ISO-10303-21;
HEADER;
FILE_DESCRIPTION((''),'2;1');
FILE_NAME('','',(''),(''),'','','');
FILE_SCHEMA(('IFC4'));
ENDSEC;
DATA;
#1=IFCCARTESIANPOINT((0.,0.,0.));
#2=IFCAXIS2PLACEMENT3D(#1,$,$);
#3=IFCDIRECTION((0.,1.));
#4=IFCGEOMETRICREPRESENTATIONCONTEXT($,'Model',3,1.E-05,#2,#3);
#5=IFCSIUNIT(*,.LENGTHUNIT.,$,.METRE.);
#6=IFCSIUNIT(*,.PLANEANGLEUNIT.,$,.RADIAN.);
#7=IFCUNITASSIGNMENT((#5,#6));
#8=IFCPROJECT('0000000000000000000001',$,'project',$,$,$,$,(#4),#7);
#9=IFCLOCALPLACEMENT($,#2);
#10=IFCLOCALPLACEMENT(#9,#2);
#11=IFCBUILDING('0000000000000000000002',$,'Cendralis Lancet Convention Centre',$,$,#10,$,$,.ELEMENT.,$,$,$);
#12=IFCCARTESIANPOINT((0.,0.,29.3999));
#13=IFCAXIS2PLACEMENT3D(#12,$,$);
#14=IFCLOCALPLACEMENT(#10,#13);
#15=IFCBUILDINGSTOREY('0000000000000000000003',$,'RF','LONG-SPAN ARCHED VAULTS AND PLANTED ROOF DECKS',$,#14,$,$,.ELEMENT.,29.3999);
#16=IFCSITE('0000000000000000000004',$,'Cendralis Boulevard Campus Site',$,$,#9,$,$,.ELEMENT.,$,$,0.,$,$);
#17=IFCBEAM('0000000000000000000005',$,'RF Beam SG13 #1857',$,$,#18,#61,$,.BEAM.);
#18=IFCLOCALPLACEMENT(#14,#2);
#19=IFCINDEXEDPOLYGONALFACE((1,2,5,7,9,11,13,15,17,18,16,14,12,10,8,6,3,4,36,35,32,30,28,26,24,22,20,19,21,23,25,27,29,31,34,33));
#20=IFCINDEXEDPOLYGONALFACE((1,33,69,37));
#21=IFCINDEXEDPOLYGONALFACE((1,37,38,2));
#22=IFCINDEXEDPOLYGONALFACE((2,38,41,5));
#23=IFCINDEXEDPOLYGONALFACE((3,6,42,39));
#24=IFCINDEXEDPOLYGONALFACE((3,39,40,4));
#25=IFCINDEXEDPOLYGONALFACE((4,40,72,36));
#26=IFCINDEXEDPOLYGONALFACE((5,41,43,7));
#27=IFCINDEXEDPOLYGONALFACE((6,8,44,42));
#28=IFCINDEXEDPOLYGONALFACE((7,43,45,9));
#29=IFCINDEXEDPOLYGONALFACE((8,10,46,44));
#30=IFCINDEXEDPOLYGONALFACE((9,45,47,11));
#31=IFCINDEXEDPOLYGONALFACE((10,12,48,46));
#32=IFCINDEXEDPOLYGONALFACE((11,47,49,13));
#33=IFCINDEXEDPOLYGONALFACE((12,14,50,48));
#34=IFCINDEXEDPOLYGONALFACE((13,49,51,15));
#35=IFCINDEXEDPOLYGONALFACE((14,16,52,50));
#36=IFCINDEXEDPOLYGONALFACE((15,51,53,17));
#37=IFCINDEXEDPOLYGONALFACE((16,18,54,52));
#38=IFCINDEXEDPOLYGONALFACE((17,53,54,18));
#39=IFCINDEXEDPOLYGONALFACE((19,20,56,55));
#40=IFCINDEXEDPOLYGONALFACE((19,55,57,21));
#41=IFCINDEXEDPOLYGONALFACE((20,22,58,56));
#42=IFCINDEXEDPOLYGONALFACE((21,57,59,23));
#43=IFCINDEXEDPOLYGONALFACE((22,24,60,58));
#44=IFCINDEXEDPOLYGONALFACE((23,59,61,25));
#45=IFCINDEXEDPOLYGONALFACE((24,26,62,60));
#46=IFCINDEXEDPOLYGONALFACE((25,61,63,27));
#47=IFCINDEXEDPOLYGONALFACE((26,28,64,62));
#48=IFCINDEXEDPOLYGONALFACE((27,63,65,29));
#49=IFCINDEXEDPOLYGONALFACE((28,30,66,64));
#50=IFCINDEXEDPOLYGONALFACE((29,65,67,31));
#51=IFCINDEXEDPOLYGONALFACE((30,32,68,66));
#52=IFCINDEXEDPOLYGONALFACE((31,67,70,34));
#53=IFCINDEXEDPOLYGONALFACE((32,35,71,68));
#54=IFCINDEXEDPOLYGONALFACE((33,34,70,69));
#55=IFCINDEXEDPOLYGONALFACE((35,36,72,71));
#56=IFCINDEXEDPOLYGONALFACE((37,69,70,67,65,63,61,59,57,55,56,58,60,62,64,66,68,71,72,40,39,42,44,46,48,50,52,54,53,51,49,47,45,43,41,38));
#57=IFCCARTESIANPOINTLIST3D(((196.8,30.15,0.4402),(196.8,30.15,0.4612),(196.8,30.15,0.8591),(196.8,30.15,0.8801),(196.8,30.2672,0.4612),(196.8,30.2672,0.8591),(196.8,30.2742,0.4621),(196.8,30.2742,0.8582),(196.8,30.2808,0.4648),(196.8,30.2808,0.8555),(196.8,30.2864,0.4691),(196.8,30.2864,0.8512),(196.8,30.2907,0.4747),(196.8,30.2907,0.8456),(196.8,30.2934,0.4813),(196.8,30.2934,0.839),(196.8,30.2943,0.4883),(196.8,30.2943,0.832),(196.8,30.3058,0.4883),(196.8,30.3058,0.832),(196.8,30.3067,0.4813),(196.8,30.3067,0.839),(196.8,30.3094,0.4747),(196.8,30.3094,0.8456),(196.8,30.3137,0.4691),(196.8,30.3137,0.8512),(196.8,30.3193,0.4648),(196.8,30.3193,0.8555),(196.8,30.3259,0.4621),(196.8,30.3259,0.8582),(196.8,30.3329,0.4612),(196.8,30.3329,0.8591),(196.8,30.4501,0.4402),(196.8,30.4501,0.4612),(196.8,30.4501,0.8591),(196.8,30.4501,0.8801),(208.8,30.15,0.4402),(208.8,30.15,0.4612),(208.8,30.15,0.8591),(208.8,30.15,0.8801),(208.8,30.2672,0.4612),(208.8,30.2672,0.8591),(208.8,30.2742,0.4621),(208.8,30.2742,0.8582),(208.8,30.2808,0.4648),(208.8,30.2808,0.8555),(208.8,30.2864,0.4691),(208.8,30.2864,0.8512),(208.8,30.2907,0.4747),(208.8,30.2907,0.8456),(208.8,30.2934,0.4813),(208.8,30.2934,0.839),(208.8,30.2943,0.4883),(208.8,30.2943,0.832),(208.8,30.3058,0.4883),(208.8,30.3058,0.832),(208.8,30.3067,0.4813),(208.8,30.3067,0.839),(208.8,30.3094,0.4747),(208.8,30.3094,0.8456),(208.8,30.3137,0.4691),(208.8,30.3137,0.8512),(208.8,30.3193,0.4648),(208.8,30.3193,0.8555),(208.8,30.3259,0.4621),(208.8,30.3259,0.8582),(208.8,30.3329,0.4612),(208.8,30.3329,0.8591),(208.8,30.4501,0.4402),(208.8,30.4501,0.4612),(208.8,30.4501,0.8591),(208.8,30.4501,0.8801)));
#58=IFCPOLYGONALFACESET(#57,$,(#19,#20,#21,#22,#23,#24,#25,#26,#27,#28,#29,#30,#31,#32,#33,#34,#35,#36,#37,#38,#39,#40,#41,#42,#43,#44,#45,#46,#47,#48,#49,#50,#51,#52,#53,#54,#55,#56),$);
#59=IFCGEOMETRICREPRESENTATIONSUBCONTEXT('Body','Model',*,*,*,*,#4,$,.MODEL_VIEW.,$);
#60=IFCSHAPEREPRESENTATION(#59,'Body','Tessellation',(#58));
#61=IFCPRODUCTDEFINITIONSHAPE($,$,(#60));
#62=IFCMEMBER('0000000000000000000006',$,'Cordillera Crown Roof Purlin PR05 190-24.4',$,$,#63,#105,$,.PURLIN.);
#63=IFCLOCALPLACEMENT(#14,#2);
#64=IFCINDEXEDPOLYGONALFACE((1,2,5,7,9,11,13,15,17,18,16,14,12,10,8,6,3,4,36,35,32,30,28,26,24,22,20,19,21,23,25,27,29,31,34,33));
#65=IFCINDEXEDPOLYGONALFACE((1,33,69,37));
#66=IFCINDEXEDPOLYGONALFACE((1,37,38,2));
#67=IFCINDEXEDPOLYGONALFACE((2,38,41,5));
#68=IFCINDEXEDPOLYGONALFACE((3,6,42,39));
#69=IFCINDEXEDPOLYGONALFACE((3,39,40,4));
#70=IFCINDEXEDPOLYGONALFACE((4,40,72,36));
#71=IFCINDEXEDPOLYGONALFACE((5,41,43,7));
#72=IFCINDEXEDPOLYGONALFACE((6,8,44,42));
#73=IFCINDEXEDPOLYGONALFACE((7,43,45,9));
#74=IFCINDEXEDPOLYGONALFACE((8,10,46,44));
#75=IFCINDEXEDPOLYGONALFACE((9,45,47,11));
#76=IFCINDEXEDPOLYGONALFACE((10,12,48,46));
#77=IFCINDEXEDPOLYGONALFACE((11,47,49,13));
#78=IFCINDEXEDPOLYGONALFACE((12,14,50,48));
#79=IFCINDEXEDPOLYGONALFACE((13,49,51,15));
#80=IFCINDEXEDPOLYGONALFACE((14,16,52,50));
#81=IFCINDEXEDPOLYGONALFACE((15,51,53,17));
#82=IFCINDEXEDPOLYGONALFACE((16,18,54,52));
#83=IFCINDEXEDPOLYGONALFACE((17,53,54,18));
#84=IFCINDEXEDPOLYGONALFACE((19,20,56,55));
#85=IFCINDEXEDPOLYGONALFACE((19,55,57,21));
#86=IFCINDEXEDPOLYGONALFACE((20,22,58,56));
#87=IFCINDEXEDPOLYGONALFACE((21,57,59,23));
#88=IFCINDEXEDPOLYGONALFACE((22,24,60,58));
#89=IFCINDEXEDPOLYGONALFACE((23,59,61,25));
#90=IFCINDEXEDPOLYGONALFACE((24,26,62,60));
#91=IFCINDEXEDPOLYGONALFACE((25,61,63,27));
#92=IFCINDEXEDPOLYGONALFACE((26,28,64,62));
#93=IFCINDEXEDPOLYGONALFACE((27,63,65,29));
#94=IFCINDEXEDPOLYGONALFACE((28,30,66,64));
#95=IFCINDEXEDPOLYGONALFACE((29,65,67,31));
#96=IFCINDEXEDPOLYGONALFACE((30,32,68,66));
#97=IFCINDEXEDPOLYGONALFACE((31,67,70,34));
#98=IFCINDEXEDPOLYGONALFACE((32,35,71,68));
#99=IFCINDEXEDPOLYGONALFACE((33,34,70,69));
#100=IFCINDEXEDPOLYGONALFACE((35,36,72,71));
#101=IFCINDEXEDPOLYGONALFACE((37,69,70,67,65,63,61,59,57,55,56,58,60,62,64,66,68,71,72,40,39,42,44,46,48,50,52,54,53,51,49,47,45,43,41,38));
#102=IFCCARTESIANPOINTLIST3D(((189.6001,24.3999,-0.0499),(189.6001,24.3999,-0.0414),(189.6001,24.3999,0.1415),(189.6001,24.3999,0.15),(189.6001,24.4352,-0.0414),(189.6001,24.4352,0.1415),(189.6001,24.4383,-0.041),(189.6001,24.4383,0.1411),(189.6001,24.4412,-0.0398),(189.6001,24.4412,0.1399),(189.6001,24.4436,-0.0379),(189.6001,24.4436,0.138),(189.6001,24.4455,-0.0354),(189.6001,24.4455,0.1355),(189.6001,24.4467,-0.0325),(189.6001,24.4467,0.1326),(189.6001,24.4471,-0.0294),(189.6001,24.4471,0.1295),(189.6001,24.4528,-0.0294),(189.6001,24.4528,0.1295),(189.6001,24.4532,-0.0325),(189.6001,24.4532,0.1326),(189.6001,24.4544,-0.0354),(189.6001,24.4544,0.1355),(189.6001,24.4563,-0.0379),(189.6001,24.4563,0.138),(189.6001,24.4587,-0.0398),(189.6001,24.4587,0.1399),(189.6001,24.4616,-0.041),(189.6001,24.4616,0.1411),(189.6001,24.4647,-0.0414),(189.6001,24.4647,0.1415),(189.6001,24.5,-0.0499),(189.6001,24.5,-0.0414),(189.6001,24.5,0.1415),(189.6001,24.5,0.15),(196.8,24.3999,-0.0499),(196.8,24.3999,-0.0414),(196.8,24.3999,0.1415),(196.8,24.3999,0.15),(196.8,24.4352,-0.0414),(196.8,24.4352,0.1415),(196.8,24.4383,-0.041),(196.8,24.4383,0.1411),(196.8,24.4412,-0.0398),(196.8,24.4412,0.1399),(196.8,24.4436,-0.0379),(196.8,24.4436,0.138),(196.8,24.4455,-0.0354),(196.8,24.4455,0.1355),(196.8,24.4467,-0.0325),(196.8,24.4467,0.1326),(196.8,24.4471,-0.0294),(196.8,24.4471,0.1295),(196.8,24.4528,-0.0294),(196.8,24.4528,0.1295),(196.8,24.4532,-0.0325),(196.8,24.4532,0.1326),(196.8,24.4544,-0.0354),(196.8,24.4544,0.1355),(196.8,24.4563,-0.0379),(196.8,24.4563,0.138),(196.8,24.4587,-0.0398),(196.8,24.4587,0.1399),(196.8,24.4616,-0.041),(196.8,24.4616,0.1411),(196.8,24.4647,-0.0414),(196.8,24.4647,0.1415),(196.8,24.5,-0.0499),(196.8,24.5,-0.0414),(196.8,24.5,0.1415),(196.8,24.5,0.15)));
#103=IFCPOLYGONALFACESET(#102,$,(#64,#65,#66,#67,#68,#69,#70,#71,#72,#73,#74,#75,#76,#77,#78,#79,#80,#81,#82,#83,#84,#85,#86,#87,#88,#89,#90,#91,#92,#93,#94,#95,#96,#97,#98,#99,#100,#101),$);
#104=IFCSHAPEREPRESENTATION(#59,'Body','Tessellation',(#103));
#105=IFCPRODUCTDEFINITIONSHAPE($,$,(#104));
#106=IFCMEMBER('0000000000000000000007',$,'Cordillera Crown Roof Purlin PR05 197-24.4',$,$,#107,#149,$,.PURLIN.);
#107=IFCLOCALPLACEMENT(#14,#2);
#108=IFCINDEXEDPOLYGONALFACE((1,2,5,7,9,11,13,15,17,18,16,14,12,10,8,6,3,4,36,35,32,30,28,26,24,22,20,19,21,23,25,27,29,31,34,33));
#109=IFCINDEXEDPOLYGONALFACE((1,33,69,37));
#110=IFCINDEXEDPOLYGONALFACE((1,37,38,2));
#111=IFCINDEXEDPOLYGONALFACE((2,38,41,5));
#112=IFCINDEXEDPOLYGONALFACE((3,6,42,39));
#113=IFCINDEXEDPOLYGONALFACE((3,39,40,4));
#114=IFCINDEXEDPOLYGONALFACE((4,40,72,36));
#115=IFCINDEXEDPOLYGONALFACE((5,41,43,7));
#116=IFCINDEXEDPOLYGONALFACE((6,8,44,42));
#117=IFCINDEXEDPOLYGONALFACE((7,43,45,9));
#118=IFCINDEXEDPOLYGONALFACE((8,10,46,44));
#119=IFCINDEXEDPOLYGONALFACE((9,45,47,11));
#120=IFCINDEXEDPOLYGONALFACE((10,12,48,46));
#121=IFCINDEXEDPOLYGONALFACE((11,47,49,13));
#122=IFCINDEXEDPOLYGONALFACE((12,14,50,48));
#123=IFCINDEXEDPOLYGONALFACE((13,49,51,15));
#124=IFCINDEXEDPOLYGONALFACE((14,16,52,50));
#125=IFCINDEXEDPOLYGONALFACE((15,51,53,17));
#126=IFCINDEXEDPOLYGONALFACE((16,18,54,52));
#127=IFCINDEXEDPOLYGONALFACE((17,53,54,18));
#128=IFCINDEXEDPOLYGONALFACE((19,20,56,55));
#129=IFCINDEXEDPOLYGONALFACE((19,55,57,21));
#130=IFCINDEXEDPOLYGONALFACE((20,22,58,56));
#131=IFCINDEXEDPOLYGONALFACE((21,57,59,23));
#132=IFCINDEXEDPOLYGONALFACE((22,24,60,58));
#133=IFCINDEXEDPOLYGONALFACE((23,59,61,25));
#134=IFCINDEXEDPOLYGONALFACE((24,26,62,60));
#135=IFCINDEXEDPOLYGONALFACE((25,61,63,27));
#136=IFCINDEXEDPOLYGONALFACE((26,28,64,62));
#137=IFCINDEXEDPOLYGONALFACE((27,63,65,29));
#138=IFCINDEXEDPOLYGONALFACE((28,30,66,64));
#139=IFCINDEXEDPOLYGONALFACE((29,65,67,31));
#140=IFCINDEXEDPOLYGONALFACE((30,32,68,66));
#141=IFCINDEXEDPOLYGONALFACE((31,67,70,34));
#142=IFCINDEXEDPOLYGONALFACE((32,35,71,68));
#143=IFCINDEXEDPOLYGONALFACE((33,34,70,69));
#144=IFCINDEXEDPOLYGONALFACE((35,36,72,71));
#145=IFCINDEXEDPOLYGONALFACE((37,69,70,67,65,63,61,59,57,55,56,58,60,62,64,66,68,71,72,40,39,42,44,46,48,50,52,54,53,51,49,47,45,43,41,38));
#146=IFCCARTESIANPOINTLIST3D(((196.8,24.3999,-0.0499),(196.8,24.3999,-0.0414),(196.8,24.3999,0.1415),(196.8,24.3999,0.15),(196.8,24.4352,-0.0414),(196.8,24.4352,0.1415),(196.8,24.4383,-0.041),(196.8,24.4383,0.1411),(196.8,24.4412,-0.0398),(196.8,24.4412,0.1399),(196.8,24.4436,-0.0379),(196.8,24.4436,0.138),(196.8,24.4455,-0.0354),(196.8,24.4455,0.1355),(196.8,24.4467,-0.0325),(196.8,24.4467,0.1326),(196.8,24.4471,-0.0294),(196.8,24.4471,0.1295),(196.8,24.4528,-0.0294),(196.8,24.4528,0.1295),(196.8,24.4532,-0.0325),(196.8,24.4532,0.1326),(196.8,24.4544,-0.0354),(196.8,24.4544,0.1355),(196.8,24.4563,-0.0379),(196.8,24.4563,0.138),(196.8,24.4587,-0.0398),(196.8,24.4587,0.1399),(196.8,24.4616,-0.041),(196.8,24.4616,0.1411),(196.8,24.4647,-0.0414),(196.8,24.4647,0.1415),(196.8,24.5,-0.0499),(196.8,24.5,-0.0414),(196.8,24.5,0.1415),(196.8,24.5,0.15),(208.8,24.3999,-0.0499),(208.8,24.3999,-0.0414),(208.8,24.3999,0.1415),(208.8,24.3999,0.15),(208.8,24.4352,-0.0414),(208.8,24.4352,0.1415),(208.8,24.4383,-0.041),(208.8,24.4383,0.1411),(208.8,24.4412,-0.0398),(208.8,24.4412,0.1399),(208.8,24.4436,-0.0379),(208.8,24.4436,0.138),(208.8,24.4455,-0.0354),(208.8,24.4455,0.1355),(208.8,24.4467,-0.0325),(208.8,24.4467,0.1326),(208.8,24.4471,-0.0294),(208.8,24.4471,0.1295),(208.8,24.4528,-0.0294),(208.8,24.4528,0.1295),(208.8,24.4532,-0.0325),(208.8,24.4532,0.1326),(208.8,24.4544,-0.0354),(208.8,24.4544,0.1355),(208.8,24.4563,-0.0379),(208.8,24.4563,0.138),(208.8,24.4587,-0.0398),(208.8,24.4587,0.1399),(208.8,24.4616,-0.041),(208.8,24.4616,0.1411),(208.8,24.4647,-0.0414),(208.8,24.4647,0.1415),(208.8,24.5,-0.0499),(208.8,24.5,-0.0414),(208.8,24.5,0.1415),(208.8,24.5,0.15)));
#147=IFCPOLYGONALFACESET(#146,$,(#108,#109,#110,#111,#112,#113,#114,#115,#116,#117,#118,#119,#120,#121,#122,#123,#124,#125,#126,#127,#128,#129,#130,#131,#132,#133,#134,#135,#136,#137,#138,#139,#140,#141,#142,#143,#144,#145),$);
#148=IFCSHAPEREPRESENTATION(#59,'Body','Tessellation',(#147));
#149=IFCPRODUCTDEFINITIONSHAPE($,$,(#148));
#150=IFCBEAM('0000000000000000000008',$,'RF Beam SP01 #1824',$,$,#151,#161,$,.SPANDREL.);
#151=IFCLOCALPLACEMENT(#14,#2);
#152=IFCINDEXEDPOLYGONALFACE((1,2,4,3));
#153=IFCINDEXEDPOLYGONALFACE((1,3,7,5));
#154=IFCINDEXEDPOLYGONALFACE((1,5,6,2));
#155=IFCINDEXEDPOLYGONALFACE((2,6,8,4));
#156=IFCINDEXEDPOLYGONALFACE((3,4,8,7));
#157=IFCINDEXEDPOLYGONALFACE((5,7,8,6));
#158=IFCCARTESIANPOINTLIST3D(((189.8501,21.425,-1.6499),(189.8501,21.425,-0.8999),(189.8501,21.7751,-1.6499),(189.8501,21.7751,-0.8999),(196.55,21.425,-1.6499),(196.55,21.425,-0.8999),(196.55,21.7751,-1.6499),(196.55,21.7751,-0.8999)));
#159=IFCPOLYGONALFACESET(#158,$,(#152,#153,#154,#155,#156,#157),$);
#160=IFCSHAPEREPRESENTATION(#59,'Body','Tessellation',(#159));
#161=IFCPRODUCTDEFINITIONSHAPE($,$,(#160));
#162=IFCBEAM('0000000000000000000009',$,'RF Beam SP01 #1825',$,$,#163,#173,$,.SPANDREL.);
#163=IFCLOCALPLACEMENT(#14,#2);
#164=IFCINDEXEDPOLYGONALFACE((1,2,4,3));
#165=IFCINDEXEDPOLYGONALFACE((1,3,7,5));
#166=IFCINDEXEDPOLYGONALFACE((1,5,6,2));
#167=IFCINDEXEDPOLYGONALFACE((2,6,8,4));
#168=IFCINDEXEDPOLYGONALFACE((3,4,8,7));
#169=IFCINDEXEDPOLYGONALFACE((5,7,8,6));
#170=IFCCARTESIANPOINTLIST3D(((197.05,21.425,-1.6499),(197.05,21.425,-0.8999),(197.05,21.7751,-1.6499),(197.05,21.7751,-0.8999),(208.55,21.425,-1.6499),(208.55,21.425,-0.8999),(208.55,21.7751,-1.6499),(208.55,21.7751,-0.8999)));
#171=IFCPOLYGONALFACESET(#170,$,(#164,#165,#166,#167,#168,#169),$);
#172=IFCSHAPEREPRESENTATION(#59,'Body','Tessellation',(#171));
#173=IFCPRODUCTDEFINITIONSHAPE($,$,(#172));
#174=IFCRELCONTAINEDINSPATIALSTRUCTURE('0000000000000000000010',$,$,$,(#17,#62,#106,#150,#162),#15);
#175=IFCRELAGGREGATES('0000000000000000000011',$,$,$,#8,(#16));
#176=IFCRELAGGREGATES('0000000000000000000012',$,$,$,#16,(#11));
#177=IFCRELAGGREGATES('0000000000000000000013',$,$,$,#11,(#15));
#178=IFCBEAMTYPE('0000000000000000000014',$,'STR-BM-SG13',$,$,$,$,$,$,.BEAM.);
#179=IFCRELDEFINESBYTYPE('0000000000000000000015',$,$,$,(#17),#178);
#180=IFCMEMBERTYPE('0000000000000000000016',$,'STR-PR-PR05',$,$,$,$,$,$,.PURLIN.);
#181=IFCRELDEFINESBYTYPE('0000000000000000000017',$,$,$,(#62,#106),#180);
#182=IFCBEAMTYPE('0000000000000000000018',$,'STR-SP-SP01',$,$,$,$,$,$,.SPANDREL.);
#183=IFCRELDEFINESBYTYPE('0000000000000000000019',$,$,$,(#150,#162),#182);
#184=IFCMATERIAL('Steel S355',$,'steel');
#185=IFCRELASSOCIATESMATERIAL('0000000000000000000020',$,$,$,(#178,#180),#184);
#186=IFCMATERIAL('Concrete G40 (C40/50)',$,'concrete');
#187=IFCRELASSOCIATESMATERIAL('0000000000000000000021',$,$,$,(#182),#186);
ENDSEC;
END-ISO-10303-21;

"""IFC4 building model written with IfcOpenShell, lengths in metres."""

from ifc_helpers import new_model, si_unit, direction, frame, origin, origin_2d, place, context, subcontext, project, spatial, rectangle, i_section, extrude, material, material_profile, profile_set, type_object, element, save


model = new_model("IFC4")

# Units and contexts
model_context = context("Model", 3, precision=1e-05, world=origin(), true_north=direction((0.0, 1.0)))
body_context = subcontext(model_context, "Body", "Model", "MODEL_VIEW")
ifc_project = project(units=[si_unit("LENGTHUNIT", "METRE"), si_unit("PLANEANGLEUNIT", "RADIAN")], contexts=[model_context])

# Site, building, storey
site_placement = place(None, origin())
site = spatial("IfcSite", under=ifc_project, at=site_placement, Name="Cendralis Boulevard Campus Site", CompositionType="ELEMENT", RefElevation=0.0)
building_placement = place(site_placement, origin())
building = spatial("IfcBuilding", under=site, at=building_placement, Name="Cendralis Lancet Convention Centre", CompositionType="ELEMENT")
storey_placement = place(building_placement, frame((0.0, 0.0, 29.3999)))
storey = spatial("IfcBuildingStorey", under=building, at=storey_placement, Name="RF", Description="LONG-SPAN ARCHED VAULTS AND PLANTED ROOF DECKS", CompositionType="ELEMENT", Elevation=29.3999)

# Beam
ifc_material_1 = material(Name="Steel S355", Category="steel")
ifc_material_profile_1 = material_profile(ifc_material_1, i_section(OverallWidth=0.3, OverallDepth=0.4399, WebThickness=0.0115, FlangeThickness=0.021, FilletRadius=0.0271, at=origin_2d()), Name="HEA 450")
ifc_profile_set_1 = profile_set([ifc_material_profile_1], Name="Steel S355")
beam_type_1 = type_object("IfcBeamType", Name="STR-BM-SG13", PredefinedType="BEAM", material=ifc_profile_set_1)
for number, where, z_axis, x_axis, name in (
    (1, (196.8, 30.3, 0.6602), (1.0, 0.0, 0.0), (0.0, 1.0, 0.0), "RF Beam SG13 #1857"),
):
    element("IfcBeam", number, at=place(storey_placement, frame(where, z_axis=z_axis, x_axis=x_axis)), inside=storey, type_object=beam_type_1, Name=name, PredefinedType="BEAM", context=body_context, shape_type="SweptSolid", body=[
        extrude(i_section(OverallWidth=0.3, OverallDepth=0.4399, WebThickness=0.0115, FlangeThickness=0.021, FilletRadius=0.0271, at=origin_2d()), origin(), (0.0, 0.0, 1.0), 12.0),
    ])

# Members
ifc_material_profile_2 = material_profile(ifc_material_1, i_section(OverallWidth=0.1001, OverallDepth=0.2, WebThickness=0.0056, FlangeThickness=0.0085, FilletRadius=0.012, at=origin_2d()), Name="IPE 200")
ifc_profile_set_2 = profile_set([ifc_material_profile_2], Name="Steel S355")
member_type_1 = type_object("IfcMemberType", Name="STR-PR-PR05", PredefinedType="PURLIN", material=ifc_profile_set_2)
member_1_placement = place(storey_placement, frame((189.6001, 24.45, 0.05), z_axis=(1.0, 0.0, 0.0), x_axis=(0.0, 1.0, 0.0)))
element("IfcMember", 2, at=member_1_placement, inside=storey, type_object=member_type_1, Name="Cordillera Crown Roof Purlin PR05 190-24.4", PredefinedType="PURLIN", context=body_context, shape_type="SweptSolid", body=[
    extrude(i_section(OverallWidth=0.1001, OverallDepth=0.2, WebThickness=0.0056, FlangeThickness=0.0085, FilletRadius=0.012, at=origin_2d()), origin(), (0.0, 0.0, 1.0), 7.2),
])
member_2_placement = place(storey_placement, frame((196.8, 24.45, 0.05), z_axis=(1.0, 0.0, 0.0), x_axis=(0.0, 1.0, 0.0)))
element("IfcMember", 3, at=member_2_placement, inside=storey, type_object=member_type_1, Name="Cordillera Crown Roof Purlin PR05 197-24.4", PredefinedType="PURLIN", context=body_context, shape_type="SweptSolid", body=[
    extrude(i_section(OverallWidth=0.1001, OverallDepth=0.2, WebThickness=0.0056, FlangeThickness=0.0085, FilletRadius=0.012, at=origin_2d()), origin(), (0.0, 0.0, 1.0), 12.0),
])

# Beams
ifc_material_2 = material(Name="Concrete G40 (C40/50)", Category="concrete")
ifc_material_profile_3 = material_profile(ifc_material_2, rectangle(XDim=0.3501, YDim=0.75, at=origin_2d()), Name="RCB 350x750")
ifc_profile_set_3 = profile_set([ifc_material_profile_3], Name="Concrete G40 (C40/50)")
beam_type_2 = type_object("IfcBeamType", Name="STR-SP-SP01", PredefinedType="SPANDREL", material=ifc_profile_set_3)
beam_1_placement = place(storey_placement, frame((189.8501, 21.6001, -1.2749), z_axis=(1.0, 0.0, 0.0), x_axis=(0.0, 1.0, 0.0)))
element("IfcBeam", 4, at=beam_1_placement, inside=storey, type_object=beam_type_2, Name="RF Beam SP01 #1824", PredefinedType="SPANDREL", context=body_context, shape_type="SweptSolid", body=[
    extrude(rectangle(XDim=0.3501, YDim=0.75, at=origin_2d()), origin(), (0.0, 0.0, 1.0), 6.7),
])
beam_2_placement = place(storey_placement, frame((197.05, 21.6001, -1.2749), z_axis=(1.0, 0.0, 0.0), x_axis=(0.0, 1.0, 0.0)))
element("IfcBeam", 5, at=beam_2_placement, inside=storey, type_object=beam_type_2, Name="RF Beam SP01 #1825", PredefinedType="SPANDREL", context=body_context, shape_type="SweptSolid", body=[
    extrude(rectangle(XDim=0.3501, YDim=0.75, at=origin_2d()), origin(), (0.0, 0.0, 1.0), 11.5),
])

save(model, "model.ifc")
